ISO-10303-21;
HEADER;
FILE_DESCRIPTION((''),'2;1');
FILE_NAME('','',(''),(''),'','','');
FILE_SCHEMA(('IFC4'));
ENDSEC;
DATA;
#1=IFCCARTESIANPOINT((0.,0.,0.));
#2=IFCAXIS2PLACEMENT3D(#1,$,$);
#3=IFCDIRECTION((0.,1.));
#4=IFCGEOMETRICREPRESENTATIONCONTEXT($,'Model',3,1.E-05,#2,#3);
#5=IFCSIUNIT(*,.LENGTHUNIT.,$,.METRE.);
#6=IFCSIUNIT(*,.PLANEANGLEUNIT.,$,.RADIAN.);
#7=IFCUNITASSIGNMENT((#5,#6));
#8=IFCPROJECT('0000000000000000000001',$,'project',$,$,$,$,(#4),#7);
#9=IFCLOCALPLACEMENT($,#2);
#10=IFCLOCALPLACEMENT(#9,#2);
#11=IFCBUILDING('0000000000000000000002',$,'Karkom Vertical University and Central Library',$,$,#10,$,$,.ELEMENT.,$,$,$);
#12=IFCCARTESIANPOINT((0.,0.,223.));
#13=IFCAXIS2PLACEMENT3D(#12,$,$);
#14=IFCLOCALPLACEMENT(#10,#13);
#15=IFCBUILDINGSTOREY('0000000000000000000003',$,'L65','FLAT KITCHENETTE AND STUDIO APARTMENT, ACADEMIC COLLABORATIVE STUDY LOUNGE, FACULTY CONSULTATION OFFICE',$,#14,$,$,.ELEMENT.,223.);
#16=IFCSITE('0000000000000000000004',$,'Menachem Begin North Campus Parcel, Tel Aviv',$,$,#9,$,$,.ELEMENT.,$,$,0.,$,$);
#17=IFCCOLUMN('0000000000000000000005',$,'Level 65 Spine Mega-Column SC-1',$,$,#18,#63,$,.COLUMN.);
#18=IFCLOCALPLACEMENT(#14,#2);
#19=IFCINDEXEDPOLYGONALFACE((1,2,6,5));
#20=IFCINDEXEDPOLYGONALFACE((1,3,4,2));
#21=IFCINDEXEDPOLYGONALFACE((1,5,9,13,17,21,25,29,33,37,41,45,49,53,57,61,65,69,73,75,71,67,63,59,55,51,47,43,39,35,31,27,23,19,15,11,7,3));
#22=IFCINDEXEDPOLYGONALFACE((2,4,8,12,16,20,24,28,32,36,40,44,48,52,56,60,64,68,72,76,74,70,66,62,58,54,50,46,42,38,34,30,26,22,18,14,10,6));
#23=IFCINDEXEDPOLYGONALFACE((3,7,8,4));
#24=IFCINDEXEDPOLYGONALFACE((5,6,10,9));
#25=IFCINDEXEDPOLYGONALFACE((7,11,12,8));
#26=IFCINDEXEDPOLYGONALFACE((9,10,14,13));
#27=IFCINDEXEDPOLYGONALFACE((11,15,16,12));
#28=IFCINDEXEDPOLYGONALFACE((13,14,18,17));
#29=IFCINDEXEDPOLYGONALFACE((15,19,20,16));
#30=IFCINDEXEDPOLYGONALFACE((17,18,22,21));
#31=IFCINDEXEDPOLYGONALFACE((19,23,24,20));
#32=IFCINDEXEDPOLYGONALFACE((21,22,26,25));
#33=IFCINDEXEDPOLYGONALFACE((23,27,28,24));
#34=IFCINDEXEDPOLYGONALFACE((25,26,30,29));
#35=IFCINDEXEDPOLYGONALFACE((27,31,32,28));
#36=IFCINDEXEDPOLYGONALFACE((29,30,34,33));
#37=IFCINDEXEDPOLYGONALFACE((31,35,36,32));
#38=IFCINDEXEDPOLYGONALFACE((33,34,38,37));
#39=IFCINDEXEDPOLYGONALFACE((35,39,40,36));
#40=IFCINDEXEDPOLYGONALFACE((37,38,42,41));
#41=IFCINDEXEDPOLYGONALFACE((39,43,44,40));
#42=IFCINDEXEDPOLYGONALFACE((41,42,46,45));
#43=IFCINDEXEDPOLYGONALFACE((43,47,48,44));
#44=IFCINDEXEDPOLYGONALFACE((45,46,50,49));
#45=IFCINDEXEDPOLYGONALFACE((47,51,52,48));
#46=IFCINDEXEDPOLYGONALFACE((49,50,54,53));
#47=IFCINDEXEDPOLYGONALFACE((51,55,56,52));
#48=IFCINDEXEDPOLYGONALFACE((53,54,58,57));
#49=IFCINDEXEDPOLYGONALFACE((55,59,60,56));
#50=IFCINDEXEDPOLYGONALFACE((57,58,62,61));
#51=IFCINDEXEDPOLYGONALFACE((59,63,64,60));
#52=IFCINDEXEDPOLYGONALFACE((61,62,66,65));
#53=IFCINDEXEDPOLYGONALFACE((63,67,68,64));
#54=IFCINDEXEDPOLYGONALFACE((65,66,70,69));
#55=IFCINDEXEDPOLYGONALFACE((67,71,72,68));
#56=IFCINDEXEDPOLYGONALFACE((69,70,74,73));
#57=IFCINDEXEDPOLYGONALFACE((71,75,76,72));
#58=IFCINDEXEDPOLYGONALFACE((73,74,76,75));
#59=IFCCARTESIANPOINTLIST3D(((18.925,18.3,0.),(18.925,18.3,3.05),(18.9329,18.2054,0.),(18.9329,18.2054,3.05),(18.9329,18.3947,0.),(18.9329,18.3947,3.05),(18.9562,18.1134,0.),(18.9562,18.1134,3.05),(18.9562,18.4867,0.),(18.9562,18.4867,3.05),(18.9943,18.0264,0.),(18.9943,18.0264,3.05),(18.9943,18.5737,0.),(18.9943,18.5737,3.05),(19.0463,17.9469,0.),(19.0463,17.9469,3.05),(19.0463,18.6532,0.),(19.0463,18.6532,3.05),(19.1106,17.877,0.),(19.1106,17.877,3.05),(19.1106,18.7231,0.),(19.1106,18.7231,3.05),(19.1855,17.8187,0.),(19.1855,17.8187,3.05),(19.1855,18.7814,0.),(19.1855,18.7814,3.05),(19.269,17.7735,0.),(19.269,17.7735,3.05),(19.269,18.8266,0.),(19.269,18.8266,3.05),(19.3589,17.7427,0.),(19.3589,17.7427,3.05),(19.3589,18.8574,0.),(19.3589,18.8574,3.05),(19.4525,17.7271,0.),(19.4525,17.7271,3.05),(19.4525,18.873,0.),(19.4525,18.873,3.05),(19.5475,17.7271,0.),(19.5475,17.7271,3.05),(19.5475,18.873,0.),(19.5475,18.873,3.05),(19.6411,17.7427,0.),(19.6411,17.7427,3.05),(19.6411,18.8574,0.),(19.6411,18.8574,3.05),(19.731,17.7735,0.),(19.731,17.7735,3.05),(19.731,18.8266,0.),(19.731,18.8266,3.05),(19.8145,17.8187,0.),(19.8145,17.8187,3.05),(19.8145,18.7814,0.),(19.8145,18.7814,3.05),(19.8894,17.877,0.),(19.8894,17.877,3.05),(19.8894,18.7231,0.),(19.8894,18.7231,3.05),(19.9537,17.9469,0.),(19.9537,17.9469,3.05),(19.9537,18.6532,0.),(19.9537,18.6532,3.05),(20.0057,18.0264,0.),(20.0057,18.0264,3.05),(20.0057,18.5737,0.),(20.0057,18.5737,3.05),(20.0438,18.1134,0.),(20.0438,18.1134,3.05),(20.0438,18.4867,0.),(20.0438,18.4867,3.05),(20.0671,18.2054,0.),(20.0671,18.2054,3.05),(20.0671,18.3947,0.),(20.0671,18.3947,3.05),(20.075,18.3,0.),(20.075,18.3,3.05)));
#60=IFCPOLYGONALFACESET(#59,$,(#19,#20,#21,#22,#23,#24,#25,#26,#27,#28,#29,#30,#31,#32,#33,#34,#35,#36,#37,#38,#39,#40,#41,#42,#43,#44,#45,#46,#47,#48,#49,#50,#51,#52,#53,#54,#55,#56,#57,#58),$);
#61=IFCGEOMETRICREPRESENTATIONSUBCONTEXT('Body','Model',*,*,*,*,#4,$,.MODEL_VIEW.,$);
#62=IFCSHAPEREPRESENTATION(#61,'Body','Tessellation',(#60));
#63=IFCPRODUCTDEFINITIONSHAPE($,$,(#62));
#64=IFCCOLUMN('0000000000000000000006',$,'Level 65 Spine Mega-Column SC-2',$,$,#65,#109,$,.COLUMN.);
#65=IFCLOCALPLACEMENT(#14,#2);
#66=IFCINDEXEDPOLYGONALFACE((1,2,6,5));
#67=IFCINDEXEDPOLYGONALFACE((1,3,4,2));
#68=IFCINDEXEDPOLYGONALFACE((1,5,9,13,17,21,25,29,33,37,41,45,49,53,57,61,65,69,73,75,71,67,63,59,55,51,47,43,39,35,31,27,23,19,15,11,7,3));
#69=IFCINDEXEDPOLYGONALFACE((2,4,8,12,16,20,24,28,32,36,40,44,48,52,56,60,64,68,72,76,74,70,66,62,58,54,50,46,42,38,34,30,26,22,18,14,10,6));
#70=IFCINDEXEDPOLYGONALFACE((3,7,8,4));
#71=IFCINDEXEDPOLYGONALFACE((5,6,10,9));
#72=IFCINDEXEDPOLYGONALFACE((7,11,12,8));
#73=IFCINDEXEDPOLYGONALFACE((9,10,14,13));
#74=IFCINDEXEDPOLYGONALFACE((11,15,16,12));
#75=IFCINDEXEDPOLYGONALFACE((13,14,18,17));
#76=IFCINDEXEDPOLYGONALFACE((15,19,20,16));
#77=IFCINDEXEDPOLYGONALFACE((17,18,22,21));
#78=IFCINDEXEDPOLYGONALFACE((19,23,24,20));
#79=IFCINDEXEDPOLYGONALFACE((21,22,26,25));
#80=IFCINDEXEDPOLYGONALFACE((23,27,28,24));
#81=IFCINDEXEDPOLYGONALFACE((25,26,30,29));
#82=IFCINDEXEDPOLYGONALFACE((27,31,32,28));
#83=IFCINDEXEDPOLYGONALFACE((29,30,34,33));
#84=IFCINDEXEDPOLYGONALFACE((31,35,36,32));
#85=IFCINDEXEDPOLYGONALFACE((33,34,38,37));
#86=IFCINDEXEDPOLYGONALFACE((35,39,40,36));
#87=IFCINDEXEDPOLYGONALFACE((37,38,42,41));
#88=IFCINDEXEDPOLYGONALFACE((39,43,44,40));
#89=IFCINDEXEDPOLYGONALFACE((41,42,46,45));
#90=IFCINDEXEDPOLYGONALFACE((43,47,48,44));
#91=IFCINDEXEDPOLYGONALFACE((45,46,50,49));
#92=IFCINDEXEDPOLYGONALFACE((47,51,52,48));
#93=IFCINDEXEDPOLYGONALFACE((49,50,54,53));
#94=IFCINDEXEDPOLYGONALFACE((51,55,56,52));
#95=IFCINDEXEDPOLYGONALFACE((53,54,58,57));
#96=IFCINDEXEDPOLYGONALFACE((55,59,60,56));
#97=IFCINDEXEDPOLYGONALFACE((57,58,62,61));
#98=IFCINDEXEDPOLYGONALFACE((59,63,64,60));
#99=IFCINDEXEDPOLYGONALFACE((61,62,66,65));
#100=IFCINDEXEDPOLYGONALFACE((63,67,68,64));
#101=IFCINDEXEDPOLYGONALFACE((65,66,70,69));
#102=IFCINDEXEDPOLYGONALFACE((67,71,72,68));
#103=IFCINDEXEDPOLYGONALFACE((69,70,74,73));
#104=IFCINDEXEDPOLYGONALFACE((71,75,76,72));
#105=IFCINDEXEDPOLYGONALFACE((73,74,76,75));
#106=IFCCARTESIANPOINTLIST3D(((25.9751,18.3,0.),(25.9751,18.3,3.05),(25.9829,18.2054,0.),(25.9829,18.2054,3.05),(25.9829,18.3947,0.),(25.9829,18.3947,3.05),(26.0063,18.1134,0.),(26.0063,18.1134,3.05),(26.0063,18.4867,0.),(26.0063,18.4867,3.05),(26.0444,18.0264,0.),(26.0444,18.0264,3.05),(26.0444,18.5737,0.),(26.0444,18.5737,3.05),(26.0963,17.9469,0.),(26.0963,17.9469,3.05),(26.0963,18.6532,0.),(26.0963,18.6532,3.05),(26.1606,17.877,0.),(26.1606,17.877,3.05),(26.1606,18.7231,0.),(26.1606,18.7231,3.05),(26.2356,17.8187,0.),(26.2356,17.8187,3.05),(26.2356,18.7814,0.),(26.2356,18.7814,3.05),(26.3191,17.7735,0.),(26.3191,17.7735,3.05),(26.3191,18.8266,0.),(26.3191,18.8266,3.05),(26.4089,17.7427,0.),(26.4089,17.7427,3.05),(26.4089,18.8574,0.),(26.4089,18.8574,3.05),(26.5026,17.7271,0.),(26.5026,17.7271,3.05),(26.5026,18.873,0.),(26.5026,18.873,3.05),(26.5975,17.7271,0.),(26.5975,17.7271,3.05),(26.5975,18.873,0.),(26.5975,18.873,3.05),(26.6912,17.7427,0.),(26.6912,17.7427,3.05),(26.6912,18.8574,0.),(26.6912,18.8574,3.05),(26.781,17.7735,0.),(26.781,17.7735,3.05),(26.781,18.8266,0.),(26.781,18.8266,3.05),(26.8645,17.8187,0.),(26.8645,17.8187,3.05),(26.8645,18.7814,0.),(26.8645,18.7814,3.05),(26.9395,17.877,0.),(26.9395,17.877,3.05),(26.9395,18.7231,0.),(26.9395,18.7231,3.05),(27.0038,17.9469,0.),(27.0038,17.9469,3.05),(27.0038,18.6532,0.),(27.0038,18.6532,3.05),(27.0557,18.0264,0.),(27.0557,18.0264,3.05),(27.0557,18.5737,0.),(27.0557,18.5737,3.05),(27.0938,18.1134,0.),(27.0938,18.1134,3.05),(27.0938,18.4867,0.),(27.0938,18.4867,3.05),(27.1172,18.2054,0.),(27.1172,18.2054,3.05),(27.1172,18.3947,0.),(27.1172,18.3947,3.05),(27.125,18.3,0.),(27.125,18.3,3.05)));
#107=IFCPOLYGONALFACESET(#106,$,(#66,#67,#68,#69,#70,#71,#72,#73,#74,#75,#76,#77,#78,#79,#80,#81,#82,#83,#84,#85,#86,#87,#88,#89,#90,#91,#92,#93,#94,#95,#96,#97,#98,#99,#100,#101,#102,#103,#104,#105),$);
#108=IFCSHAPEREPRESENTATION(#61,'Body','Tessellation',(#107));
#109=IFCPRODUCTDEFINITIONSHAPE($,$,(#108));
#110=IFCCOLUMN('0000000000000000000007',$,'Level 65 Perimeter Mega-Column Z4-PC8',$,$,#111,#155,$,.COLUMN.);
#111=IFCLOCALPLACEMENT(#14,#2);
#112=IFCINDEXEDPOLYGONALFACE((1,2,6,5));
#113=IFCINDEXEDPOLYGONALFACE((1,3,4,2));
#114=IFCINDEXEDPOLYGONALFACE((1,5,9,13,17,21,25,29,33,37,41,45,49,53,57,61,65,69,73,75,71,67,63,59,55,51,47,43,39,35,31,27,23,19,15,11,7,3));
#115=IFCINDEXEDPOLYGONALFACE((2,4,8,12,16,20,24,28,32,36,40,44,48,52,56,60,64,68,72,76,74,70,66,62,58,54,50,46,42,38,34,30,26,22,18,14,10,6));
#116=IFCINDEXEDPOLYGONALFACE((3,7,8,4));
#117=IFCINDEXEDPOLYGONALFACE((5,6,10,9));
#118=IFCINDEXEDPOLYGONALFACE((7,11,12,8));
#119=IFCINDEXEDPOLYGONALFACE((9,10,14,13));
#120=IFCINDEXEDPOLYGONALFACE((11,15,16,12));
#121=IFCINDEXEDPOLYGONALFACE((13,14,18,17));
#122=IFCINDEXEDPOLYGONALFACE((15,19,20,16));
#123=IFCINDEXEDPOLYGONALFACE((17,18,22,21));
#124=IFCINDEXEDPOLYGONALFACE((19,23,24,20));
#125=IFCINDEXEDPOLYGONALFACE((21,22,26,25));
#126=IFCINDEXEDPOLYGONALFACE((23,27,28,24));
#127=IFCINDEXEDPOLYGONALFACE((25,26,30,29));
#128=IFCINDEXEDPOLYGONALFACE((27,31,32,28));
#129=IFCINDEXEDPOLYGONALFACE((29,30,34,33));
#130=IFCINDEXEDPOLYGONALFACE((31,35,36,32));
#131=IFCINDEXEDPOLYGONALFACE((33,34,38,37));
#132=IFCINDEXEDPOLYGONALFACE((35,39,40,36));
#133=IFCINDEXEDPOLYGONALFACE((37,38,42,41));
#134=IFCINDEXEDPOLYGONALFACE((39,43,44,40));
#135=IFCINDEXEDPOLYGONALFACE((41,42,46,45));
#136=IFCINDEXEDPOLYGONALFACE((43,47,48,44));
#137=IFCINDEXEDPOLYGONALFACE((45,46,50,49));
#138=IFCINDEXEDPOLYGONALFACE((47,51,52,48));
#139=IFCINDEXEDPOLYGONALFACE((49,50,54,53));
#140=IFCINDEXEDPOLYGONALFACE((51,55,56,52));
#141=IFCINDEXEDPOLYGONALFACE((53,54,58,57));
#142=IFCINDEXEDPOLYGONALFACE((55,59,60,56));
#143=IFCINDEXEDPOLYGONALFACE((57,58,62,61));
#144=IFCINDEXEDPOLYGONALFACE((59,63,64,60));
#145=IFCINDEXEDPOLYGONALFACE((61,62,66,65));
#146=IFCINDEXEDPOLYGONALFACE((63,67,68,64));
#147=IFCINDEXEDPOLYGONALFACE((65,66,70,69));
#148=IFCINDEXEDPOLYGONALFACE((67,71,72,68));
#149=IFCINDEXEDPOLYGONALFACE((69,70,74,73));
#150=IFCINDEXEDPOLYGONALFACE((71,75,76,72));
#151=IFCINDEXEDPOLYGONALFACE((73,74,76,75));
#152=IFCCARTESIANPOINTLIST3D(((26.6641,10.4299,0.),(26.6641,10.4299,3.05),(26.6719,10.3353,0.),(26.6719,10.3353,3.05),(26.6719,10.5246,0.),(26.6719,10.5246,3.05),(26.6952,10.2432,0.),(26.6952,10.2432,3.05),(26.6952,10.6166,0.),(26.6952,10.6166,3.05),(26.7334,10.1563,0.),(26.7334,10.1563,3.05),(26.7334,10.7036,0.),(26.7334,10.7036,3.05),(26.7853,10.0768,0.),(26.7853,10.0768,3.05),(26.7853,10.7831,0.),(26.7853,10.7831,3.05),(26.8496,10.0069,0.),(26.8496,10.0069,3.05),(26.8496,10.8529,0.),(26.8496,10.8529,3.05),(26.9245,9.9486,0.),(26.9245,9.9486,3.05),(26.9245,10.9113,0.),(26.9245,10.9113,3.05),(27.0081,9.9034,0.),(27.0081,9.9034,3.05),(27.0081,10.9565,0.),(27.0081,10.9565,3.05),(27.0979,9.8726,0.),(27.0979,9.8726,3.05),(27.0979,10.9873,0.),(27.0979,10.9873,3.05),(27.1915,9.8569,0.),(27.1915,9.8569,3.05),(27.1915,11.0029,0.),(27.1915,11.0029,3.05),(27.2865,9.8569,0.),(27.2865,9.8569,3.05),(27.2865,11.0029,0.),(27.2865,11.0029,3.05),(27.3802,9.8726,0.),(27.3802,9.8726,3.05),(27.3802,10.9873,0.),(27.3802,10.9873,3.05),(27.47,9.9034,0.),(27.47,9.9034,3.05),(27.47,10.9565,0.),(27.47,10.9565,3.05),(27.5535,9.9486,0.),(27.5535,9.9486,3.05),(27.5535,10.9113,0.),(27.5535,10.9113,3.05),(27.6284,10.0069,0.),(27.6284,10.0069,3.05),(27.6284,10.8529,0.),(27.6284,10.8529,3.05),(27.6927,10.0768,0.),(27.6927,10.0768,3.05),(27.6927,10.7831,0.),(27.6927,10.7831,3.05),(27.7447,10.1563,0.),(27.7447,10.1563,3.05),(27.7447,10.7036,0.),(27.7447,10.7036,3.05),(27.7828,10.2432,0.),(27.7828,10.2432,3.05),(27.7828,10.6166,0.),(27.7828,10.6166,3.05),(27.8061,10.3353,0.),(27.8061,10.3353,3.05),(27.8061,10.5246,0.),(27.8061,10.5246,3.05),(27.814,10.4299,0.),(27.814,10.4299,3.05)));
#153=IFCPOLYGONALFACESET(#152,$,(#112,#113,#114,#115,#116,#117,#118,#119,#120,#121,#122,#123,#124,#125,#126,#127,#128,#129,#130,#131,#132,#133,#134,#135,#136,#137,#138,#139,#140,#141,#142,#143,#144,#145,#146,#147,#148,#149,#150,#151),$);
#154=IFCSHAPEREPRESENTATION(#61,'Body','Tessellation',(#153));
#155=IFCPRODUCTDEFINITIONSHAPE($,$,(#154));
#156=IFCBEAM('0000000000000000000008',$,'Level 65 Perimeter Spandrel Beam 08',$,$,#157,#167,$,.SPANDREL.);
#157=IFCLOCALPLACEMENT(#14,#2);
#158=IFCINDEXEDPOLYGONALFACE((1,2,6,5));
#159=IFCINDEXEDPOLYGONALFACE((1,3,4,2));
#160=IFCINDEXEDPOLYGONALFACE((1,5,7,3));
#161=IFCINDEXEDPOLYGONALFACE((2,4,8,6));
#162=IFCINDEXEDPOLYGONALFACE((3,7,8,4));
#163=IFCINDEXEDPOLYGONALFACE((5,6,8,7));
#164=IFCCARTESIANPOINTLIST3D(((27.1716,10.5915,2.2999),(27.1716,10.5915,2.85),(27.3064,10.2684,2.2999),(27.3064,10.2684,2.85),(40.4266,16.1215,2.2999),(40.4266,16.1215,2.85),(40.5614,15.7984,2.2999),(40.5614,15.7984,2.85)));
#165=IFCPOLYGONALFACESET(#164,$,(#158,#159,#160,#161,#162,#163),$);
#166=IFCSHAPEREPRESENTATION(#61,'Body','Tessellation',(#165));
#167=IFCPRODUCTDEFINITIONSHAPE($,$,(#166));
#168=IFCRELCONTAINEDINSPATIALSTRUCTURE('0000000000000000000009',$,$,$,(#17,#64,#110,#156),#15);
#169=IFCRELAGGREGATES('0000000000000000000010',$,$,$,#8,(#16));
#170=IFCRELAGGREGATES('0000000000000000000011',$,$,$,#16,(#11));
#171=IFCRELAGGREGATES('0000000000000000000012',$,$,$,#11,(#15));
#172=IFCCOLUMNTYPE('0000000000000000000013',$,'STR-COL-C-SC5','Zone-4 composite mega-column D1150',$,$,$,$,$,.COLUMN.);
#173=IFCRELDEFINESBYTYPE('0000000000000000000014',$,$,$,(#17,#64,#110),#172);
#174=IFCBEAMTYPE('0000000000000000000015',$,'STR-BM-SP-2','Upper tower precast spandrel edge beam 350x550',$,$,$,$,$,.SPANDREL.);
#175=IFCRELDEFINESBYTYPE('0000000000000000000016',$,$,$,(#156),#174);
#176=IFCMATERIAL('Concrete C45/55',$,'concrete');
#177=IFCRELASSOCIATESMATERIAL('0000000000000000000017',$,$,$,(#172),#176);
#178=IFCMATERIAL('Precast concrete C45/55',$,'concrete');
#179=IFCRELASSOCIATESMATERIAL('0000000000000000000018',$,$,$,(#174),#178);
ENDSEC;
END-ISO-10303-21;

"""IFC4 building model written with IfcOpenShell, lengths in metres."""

from ifc_helpers import new_model, si_unit, direction, frame, origin, origin_with_axes, origin_2d, place, context, subcontext, project, spatial, rectangle, circle, extrude, source, transform, mapped, material, material_profile, profile_set, type_object, element, save


model = new_model("IFC4")

# Units and contexts
model_context = context("Model", 3, precision=1e-05, world=origin(), true_north=direction((0.0, 1.0)))
body_context = subcontext(model_context, "Body", "Model", "MODEL_VIEW")
ifc_project = project(units=[si_unit("LENGTHUNIT", "METRE"), si_unit("PLANEANGLEUNIT", "RADIAN")], contexts=[model_context])

# Site, building, storey
site_placement = place(None, origin())
site = spatial("IfcSite", under=ifc_project, at=site_placement, Name="Menachem Begin North Campus Parcel, Tel Aviv", CompositionType="ELEMENT", RefElevation=0.0)
building_placement = place(site_placement, origin())
building = spatial("IfcBuilding", under=site, at=building_placement, Name="Karkom Vertical University and Central Library", CompositionType="ELEMENT")
storey_placement = place(building_placement, frame((0.0, 0.0, 223.0)))
storey = spatial("IfcBuildingStorey", under=building, at=storey_placement, Name="L65", Description="FLAT KITCHENETTE AND STUDIO APARTMENT, ACADEMIC COLLABORATIVE STUDY LOUNGE, FACULTY CONSULTATION OFFICE", CompositionType="ELEMENT", Elevation=223.0)

# Columns
ifc_material_1 = material(Name="Concrete C45/55", Category="concrete")
ifc_material_profile_1 = material_profile(ifc_material_1, circle(Radius=0.575, at=origin_2d()), Name="CFT-D1150")
ifc_profile_set_1 = profile_set([ifc_material_profile_1], Name="Concrete C45/55")
column_type = type_object("IfcColumnType", Name="STR-COL-C-SC5", Description="Zone-4 composite mega-column D1150", PredefinedType="COLUMN", material=ifc_profile_set_1)
shared_shape_1 = source(origin_with_axes(), body_context, "Body", "SweptSolid", [
    extrude(circle(Radius=0.575, at=origin_2d()), origin(), (0.0, 0.0, 1.0), 3.05),
])
for number, where, z_axis, x_axis, name in (
    (1, (19.5, 18.3, 0.0), (0.0, 0.0, 1.0), (1.0, 0.0, 0.0), "Level 65 Spine Mega-Column SC-1"),
    (2, (26.55, 18.3, 0.0), (0.0, 0.0, 1.0), (1.0, 0.0, 0.0), "Level 65 Spine Mega-Column SC-2"),
    (3, (27.239, 10.4299, 0.0), (0.0, 0.0, 1.0), (1.0, 0.0, 0.0), "Level 65 Perimeter Mega-Column Z4-PC8"),
):
    element("IfcColumn", number, at=place(storey_placement, frame(where, z_axis=z_axis, x_axis=x_axis)), inside=storey, type_object=column_type, Name=name, PredefinedType="COLUMN", context=body_context, shape_type="MappedRepresentation", body=[
        mapped(shared_shape_1, transform((0.0, 0.0, 0.0), scale=1.0)),
    ])

# Beam
ifc_material_2 = material(Name="Precast concrete C45/55", Category="concrete")
ifc_material_profile_2 = material_profile(ifc_material_2, rectangle(XDim=0.3501, YDim=0.55, at=origin_2d()), Name="SPB-350x550")
ifc_profile_set_2 = profile_set([ifc_material_profile_2], Name="Precast concrete C45/55")
beam_type_1 = type_object("IfcBeamType", Name="STR-BM-SP-2", Description="Upper tower precast spandrel edge beam 350x550", PredefinedType="SPANDREL", material=ifc_profile_set_2)
shared_shape_2 = source(origin_with_axes(), body_context, "Body", "SweptSolid", [
    extrude(rectangle(XDim=0.3501, YDim=0.55, at=origin_2d()), origin(), (0.0, 0.0, 1.0), 14.3623),
])
beam_1_placement = place(storey_placement, frame((27.239, 10.4299, 2.575), z_axis=(0.9229, 0.38504, 0.0), x_axis=(-0.38504, 0.9229, 0.0)))
element("IfcBeam", 4, at=beam_1_placement, inside=storey, type_object=beam_type_1, Name="Level 65 Perimeter Spandrel Beam 08", PredefinedType="SPANDREL", context=body_context, shape_type="MappedRepresentation", body=[
    mapped(shared_shape_2, transform((0.0, 0.0, 0.0), scale=1.0)),
])

save(model, "model.ifc")
